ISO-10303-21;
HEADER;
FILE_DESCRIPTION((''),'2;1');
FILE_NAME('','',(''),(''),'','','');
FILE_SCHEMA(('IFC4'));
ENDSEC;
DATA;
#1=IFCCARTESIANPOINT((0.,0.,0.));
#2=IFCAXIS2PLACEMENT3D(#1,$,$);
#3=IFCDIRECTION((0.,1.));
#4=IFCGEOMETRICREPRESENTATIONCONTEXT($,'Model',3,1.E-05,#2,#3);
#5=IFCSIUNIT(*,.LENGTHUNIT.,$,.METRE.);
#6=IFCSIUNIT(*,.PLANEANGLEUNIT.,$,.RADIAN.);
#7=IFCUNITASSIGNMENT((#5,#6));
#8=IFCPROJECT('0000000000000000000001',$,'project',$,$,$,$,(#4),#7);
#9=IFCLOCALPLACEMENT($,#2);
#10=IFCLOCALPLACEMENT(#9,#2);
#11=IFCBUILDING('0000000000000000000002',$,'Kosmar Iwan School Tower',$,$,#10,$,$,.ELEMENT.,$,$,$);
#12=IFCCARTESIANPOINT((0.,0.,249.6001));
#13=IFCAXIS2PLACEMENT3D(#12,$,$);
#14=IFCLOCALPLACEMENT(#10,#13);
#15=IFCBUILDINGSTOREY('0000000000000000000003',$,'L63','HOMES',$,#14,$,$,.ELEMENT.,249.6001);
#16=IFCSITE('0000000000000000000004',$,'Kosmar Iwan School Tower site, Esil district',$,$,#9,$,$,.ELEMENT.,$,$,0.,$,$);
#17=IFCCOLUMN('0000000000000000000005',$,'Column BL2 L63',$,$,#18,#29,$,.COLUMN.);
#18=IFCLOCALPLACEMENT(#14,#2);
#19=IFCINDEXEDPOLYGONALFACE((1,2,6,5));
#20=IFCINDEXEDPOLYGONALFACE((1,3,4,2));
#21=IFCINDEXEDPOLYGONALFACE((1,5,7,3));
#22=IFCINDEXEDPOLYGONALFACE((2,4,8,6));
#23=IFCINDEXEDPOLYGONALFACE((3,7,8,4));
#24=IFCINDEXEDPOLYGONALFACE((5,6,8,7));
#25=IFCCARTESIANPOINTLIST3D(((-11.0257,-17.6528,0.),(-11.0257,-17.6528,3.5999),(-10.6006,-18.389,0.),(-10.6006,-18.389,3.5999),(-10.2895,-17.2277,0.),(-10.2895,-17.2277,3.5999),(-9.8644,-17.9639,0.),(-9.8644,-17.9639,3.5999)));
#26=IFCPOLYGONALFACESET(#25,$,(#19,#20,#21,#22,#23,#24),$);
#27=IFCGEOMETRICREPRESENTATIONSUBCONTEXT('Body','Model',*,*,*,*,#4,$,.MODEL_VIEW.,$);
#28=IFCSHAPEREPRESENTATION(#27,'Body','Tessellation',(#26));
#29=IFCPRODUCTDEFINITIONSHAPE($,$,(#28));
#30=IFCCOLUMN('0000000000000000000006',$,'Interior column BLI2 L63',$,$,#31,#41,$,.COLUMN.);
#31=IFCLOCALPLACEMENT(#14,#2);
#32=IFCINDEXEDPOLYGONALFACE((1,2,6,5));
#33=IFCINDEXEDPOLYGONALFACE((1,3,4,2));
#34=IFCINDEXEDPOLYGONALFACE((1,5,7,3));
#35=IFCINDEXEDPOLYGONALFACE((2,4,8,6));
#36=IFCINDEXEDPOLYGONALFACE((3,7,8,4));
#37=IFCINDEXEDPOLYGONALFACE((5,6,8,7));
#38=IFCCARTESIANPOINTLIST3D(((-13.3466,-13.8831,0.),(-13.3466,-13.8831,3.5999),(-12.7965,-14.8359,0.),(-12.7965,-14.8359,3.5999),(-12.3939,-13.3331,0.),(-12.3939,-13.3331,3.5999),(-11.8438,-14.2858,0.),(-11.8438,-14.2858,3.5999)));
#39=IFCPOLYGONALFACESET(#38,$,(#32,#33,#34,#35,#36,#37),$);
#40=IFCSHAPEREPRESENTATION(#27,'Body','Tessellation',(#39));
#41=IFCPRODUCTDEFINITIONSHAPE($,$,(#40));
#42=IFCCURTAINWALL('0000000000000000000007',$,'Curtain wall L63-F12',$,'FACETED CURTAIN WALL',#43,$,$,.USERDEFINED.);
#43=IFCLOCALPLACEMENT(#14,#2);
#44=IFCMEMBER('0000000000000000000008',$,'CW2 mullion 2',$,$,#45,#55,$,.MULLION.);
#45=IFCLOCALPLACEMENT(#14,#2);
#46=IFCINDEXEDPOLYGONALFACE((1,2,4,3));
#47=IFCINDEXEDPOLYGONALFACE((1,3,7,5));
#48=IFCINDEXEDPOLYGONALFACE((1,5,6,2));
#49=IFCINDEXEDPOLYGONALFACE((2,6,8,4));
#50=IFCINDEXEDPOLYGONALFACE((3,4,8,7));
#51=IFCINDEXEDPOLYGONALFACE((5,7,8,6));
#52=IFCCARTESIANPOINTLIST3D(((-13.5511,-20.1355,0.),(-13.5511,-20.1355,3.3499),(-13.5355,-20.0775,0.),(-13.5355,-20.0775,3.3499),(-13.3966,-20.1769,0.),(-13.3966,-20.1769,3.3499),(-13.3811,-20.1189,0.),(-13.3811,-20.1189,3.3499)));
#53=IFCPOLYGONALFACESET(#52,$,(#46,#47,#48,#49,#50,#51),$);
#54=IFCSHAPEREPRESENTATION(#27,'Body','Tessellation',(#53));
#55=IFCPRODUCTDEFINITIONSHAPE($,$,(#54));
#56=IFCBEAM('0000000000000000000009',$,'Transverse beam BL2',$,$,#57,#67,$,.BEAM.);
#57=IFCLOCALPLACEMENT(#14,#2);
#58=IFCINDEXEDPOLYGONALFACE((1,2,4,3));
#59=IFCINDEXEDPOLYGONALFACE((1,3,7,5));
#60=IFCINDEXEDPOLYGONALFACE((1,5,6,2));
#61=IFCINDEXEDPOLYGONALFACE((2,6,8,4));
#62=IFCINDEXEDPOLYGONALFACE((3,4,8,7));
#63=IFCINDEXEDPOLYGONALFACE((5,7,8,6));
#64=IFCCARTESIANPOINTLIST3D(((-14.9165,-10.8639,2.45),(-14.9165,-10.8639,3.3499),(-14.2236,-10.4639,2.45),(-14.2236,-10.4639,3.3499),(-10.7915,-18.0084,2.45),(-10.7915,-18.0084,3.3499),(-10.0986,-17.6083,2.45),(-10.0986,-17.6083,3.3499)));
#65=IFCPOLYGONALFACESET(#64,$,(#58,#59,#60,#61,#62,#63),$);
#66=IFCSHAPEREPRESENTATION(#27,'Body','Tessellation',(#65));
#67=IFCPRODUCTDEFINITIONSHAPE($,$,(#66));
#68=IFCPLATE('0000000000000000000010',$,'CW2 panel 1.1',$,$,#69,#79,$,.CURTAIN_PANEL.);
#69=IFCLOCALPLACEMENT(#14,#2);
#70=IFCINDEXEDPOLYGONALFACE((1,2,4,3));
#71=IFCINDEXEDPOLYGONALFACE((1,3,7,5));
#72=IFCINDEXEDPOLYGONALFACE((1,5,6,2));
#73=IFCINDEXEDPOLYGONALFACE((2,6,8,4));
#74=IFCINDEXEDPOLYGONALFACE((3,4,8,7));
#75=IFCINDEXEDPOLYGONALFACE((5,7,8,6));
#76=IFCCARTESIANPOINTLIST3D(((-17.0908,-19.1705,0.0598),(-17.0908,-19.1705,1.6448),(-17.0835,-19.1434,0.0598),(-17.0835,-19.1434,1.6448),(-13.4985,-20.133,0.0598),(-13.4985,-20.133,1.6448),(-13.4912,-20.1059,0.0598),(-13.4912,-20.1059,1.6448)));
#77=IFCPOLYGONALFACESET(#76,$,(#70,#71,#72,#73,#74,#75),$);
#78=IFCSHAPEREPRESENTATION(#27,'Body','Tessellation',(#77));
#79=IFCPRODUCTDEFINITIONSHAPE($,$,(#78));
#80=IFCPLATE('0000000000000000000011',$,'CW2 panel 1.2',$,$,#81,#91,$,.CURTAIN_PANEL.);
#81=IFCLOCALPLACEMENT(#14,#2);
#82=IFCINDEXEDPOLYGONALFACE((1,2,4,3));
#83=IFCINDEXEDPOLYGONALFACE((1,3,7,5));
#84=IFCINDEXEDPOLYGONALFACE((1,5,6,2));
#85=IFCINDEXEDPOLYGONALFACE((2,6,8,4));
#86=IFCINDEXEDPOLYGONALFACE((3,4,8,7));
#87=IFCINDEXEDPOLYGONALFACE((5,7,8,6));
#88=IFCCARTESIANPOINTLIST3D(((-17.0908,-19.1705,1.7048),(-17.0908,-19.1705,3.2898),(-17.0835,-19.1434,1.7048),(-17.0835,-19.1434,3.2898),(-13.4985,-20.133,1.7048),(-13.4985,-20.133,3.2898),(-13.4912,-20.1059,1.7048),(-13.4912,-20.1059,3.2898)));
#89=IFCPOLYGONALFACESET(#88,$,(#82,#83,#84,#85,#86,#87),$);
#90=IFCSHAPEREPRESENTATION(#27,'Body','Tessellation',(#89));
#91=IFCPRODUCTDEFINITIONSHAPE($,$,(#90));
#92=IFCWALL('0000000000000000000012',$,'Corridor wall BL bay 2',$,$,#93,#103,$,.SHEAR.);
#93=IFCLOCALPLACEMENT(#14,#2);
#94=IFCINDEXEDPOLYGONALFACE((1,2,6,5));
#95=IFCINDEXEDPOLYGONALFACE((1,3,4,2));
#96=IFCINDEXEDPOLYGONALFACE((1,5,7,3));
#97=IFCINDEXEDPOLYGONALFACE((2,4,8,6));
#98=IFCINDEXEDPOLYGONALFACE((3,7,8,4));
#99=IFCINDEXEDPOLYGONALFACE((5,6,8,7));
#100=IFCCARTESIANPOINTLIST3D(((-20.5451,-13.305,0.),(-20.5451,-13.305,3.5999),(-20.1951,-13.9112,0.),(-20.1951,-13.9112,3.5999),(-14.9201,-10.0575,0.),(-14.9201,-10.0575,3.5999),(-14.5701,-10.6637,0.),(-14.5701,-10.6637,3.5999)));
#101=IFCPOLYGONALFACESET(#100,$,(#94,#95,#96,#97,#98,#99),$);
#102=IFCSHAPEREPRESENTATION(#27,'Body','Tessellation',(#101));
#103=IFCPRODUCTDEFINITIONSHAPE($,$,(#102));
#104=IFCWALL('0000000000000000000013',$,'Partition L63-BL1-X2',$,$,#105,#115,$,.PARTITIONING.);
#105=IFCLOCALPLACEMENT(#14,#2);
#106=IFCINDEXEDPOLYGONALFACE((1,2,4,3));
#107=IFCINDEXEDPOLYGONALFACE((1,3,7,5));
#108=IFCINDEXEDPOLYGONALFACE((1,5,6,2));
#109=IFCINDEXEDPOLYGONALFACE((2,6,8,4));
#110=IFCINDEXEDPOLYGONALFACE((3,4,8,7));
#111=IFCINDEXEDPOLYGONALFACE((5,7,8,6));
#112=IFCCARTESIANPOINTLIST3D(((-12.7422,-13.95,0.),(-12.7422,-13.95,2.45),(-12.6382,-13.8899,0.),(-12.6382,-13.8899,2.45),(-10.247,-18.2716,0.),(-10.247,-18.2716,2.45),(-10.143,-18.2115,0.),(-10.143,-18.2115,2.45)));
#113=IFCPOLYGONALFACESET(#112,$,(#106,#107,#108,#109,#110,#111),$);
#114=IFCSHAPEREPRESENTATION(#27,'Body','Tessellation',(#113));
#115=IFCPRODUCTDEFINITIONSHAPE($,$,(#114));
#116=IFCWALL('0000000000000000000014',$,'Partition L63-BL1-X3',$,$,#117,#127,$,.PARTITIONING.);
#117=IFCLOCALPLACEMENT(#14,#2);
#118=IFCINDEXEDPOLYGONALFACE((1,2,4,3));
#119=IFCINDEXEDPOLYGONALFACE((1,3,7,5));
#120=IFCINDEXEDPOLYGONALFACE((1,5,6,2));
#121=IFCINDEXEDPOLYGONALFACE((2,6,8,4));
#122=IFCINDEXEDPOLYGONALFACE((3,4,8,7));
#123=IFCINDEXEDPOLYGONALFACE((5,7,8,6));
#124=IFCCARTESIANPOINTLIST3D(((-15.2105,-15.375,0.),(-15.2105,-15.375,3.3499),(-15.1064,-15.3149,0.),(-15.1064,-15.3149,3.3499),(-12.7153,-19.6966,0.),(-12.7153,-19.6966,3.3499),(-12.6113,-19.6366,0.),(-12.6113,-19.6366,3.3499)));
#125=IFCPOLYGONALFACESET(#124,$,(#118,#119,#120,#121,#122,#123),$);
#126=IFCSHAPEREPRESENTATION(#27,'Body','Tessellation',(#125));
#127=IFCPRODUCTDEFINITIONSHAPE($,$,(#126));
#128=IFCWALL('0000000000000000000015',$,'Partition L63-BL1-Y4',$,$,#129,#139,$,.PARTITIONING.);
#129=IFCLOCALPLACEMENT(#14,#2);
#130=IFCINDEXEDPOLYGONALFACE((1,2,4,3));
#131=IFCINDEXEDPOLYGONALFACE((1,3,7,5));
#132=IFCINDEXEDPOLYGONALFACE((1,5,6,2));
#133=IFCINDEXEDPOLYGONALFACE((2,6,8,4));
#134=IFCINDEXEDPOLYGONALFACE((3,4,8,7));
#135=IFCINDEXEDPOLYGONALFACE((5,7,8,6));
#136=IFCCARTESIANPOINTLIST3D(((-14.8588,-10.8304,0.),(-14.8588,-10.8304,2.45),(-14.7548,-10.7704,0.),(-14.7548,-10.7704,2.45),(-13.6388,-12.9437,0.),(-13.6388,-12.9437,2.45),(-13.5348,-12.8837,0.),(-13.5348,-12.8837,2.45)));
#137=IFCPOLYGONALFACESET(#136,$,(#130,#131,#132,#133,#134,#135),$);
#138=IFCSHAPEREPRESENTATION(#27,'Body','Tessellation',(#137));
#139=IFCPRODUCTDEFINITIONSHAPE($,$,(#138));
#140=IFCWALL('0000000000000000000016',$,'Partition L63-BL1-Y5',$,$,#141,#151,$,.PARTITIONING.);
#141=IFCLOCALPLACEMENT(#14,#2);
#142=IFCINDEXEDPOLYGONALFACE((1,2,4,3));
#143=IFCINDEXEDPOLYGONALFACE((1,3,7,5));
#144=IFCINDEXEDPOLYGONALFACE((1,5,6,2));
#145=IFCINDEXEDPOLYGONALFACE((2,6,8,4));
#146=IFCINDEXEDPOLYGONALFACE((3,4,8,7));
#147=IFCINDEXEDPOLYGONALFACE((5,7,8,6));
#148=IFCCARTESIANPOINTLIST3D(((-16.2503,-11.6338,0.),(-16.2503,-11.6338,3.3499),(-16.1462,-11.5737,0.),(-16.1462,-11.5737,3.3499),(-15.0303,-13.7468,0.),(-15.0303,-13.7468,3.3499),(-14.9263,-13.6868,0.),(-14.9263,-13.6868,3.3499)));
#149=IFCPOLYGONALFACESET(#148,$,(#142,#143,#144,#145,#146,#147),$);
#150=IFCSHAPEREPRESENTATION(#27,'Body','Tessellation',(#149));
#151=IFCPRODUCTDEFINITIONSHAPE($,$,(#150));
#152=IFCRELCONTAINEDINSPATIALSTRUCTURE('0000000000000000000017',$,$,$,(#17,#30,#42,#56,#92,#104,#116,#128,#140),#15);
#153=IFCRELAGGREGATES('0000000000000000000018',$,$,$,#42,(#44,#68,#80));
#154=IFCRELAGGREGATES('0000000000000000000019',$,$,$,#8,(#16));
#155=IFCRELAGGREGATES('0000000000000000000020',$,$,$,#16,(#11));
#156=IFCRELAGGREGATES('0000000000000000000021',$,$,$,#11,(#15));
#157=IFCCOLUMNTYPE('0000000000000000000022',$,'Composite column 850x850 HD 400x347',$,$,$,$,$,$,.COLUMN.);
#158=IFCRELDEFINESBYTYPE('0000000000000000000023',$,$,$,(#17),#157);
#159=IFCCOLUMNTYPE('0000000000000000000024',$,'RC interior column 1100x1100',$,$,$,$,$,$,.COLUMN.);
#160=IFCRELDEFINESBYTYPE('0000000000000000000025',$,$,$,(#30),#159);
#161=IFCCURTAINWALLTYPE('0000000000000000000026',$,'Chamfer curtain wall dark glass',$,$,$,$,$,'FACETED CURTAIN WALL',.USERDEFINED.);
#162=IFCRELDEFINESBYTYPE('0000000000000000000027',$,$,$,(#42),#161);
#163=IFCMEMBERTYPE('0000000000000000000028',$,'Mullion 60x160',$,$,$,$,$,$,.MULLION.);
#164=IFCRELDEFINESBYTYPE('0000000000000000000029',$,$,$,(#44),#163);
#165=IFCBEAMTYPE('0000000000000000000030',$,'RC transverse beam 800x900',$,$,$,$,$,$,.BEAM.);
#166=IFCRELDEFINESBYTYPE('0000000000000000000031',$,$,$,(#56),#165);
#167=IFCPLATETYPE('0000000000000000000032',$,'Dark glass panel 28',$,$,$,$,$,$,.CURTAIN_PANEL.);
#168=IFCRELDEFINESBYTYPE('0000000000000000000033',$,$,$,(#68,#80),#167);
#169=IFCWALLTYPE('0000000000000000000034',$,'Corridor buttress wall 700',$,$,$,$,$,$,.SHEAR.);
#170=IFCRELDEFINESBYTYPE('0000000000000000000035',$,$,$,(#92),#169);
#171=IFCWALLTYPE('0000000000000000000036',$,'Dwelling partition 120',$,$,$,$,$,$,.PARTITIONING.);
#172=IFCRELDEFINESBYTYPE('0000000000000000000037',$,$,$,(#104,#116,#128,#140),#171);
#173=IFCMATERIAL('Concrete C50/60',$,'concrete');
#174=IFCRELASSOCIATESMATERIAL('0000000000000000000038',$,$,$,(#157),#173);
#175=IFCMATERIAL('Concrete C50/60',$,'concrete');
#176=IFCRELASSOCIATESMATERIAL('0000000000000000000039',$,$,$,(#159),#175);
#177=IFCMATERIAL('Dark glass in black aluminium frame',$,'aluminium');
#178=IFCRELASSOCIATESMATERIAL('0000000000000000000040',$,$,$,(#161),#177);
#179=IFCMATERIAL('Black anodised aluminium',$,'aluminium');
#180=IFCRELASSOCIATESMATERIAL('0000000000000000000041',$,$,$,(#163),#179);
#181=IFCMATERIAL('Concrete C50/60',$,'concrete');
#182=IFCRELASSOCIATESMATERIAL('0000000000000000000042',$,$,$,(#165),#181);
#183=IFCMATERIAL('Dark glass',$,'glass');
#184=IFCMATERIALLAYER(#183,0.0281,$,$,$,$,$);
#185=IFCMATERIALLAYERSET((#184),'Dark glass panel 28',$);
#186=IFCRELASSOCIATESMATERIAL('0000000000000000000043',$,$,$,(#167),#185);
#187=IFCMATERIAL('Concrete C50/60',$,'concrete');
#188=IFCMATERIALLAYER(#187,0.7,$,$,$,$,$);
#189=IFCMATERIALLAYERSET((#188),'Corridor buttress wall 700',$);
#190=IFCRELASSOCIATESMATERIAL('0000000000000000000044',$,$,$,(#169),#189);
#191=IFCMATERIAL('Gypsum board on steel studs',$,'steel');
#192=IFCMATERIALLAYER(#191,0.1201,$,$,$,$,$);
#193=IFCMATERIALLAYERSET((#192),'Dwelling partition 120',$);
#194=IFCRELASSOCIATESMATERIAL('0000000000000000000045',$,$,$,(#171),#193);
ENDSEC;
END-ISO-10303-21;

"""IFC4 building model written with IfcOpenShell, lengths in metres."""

from ifc_helpers import new_model, si_unit, direction, frame, frame_2d, origin, origin_2d, place, context, subcontext, project, spatial, rectangle, extrude, material, layer, layer_set, material_profile, profile_set, type_object, element, aggregate, save


model = new_model("IFC4")

# Units and contexts
model_context = context("Model", 3, precision=1e-05, world=origin(), true_north=direction((0.0, 1.0)))
body_context = subcontext(model_context, "Body", "Model", "MODEL_VIEW")
ifc_project = project(units=[si_unit("LENGTHUNIT", "METRE"), si_unit("PLANEANGLEUNIT", "RADIAN")], contexts=[model_context])

# Site, building, storey
site_placement = place(None, origin())
site = spatial("IfcSite", under=ifc_project, at=site_placement, Name="Kosmar Iwan School Tower site, Esil district", CompositionType="ELEMENT", RefElevation=0.0)
building_placement = place(site_placement, origin())
building = spatial("IfcBuilding", under=site, at=building_placement, Name="Kosmar Iwan School Tower", CompositionType="ELEMENT")
storey_placement = place(building_placement, frame((0.0, 0.0, 249.6001)))
storey = spatial("IfcBuildingStorey", under=building, at=storey_placement, Name="L63", Description="HOMES", CompositionType="ELEMENT", Elevation=249.6001)

# Columns
ifc_material_1 = material(Name="Concrete C50/60", Category="concrete")
ifc_material_profile_1 = material_profile(ifc_material_1, rectangle(XDim=0.8501, YDim=0.8501, at=origin_2d()), Name="RC 850x850 + HD 400x347")
ifc_profile_set_1 = profile_set([ifc_material_profile_1], Name="Concrete C50/60")
column_type_1 = type_object("IfcColumnType", Name="Composite column 850x850 HD 400x347", PredefinedType="COLUMN", material=ifc_profile_set_1)
column_1_placement = place(storey_placement, frame((-10.4451, -17.8083, 0.0), z_axis=(0.0, 0.0, 1.0), x_axis=(-0.866025, -0.5, 0.0)))
element("IfcColumn", 1, at=column_1_placement, inside=storey, type_object=column_type_1, Name="Column BL2 L63", PredefinedType="COLUMN", context=body_context, shape_type="SweptSolid", body=[
    extrude(rectangle(XDim=0.8501, YDim=0.8501, at=origin_2d()), origin(), (0.0, 0.0, 1.0), 3.5999),
])
ifc_material_2 = material(Name="Concrete C50/60", Category="concrete")
ifc_material_profile_2 = material_profile(ifc_material_2, rectangle(XDim=1.1001, YDim=1.1001, at=origin_2d()), Name="RC 1100x1100")
ifc_profile_set_2 = profile_set([ifc_material_profile_2], Name="Concrete C50/60")
column_type_2 = type_object("IfcColumnType", Name="RC interior column 1100x1100", PredefinedType="COLUMN", material=ifc_profile_set_2)
column_2_placement = place(storey_placement, frame((-12.5952, -14.0845, 0.0), z_axis=(0.0, 0.0, 1.0), x_axis=(-0.866025, -0.5, 0.0)))
element("IfcColumn", 2, at=column_2_placement, inside=storey, type_object=column_type_2, Name="Interior column BLI2 L63", PredefinedType="COLUMN", context=body_context, shape_type="SweptSolid", body=[
    extrude(rectangle(XDim=1.1001, YDim=1.1001, at=origin_2d()), origin(), (0.0, 0.0, 1.0), 3.5999),
])

# Curtain wall, member
ifc_material_3 = material(Name="Dark glass in black aluminium frame", Category="aluminium")
curtain_wall_type = type_object("IfcCurtainWallType", Name="Chamfer curtain wall dark glass", ElementType="FACETED CURTAIN WALL", PredefinedType="USERDEFINED", material=ifc_material_3)
curtain_wall_placement = place(storey_placement, origin())
curtain_wall = element("IfcCurtainWall", 3, at=curtain_wall_placement, inside=storey, type_object=curtain_wall_type, Name="Curtain wall L63-F12", ObjectType="FACETED CURTAIN WALL", PredefinedType="USERDEFINED")
ifc_material_4 = material(Name="Black anodised aluminium", Category="aluminium")
ifc_material_profile_3 = material_profile(ifc_material_4, rectangle(XDim=0.0601, YDim=0.1599, at=origin_2d()), Name="MULLION 60x160")
ifc_profile_set_3 = profile_set([ifc_material_profile_3], Name="Black anodised aluminium")
member_type = type_object("IfcMemberType", Name="Mullion 60x160", PredefinedType="MULLION", material=ifc_profile_set_3)
member_placement = place(storey_placement, frame((-13.4661, -20.1272, 0.0), z_axis=(0.0, 0.0, 1.0), x_axis=(0.258819, 0.965926, 0.0)))
member = element("IfcMember", 4, at=member_placement, type_object=member_type, Name="CW2 mullion 2", PredefinedType="MULLION", context=body_context, shape_type="SweptSolid", body=[
    extrude(rectangle(XDim=0.0601, YDim=0.1599, at=origin_2d()), origin(), (0.0, 0.0, 1.0), 3.3499),
])

# Beam
ifc_material_5 = material(Name="Concrete C50/60", Category="concrete")
ifc_material_profile_4 = material_profile(ifc_material_5, rectangle(XDim=0.8, YDim=0.8999, at=origin_2d()), Name="RC 800x900")
ifc_profile_set_4 = profile_set([ifc_material_profile_4], Name="Concrete C50/60")
beam_type = type_object("IfcBeamType", Name="RC transverse beam 800x900", PredefinedType="BEAM", material=ifc_profile_set_4)
beam_placement = place(storey_placement, frame((-10.4451, -17.8083, 2.8999), z_axis=(-0.500009, 0.86602, 0.0), x_axis=(-0.86602, -0.500009, 0.0)))
element("IfcBeam", 5, at=beam_placement, inside=storey, type_object=beam_type, Name="Transverse beam BL2", PredefinedType="BEAM", context=body_context, shape_type="SweptSolid", body=[
    extrude(rectangle(XDim=0.8, YDim=0.8999, at=origin_2d()), origin(), (0.0, 0.0, 1.0), 8.2498),
])

# Plates
ifc_material_6 = material(Name="Dark glass", Category="glass")
ifc_layer_1 = layer(ifc_material_6, 0.0281)
ifc_layer_set_1 = layer_set([ifc_layer_1], Name="Dark glass panel 28")
plate_type = type_object("IfcPlateType", Name="Dark glass panel 28", PredefinedType="CURTAIN_PANEL", material=ifc_layer_set_1)
plate_1_placement = place(storey_placement, frame((-15.291, -19.6382, 0.0598), z_axis=(0.0, 0.0, 1.0), x_axis=(0.965926, -0.258819, 0.0)))
plate_1 = element("IfcPlate", 6, at=plate_1_placement, type_object=plate_type, Name="CW2 panel 1.1", PredefinedType="CURTAIN_PANEL", context=body_context, shape_type="SweptSolid", body=[
    extrude(rectangle(XDim=3.719, YDim=0.0281, at=origin_2d()), origin(), (0.0, 0.0, 1.0), 1.585),
])
plate_2_placement = place(storey_placement, frame((-15.291, -19.6382, 1.7048), z_axis=(0.0, 0.0, 1.0), x_axis=(0.965926, -0.258819, 0.0)))
plate_2 = element("IfcPlate", 7, at=plate_2_placement, type_object=plate_type, Name="CW2 panel 1.2", PredefinedType="CURTAIN_PANEL", context=body_context, shape_type="SweptSolid", body=[
    extrude(rectangle(XDim=3.719, YDim=0.0281, at=origin_2d()), origin(), (0.0, 0.0, 1.0), 1.585),
])
aggregate(curtain_wall, [member, plate_1, plate_2])

# Walls
ifc_material_7 = material(Name="Concrete C50/60", Category="concrete")
ifc_layer_2 = layer(ifc_material_7, 0.7)
ifc_layer_set_2 = layer_set([ifc_layer_2], Name="Corridor buttress wall 700")
wall_type_1 = type_object("IfcWallType", Name="Corridor buttress wall 700", PredefinedType="SHEAR", material=ifc_layer_set_2)
wall_1_placement = place(storey_placement, frame((-14.7451, -10.3606, 0.0), z_axis=(0.0, 0.0, 1.0), x_axis=(-0.866028, -0.499996, 0.0)))
element("IfcWall", 8, at=wall_1_placement, inside=storey, type_object=wall_type_1, Name="Corridor wall BL bay 2", PredefinedType="SHEAR", context=body_context, shape_type="SweptSolid", body=[
    extrude(rectangle(XDim=6.4951, YDim=0.7, at=frame_2d((3.2476, 0.0))), origin(), (0.0, 0.0, 1.0), 3.5999),
])
ifc_material_8 = material(Name="Gypsum board on steel studs", Category="steel")
ifc_layer_3 = layer(ifc_material_8, 0.1201)
ifc_layer_set_3 = layer_set([ifc_layer_3], Name="Dwelling partition 120")
wall_type_2 = type_object("IfcWallType", Name="Dwelling partition 120", PredefinedType="PARTITIONING", material=ifc_layer_set_3)
wall_2_placement = place(storey_placement, frame((-12.6902, -13.9199, 0.0), z_axis=(0.0, 0.0, 1.0), x_axis=(0.500012, -0.866019, 0.0)))
element("IfcWall", 9, at=wall_2_placement, inside=storey, type_object=wall_type_2, Name="Partition L63-BL1-X2", PredefinedType="PARTITIONING", context=body_context, shape_type="SweptSolid", body=[
    extrude(rectangle(XDim=4.9902, YDim=0.1201, at=frame_2d((2.4951, 0.0))), origin(), (0.0, 0.0, 1.0), 2.45),
])
wall_3_placement = place(storey_placement, frame((-15.1584, -15.345, 0.0), z_axis=(0.0, 0.0, 1.0), x_axis=(0.500012, -0.866019, 0.0)))
element("IfcWall", 10, at=wall_3_placement, inside=storey, type_object=wall_type_2, Name="Partition L63-BL1-X3", PredefinedType="PARTITIONING", context=body_context, shape_type="SweptSolid", body=[
    extrude(rectangle(XDim=4.9902, YDim=0.1201, at=frame_2d((2.4951, 0.0))), origin(), (0.0, 0.0, 1.0), 3.3499),
])
wall_4_placement = place(storey_placement, frame((-14.8069, -10.8003, 0.0), z_axis=(0.0, 0.0, 1.0), x_axis=(0.499959, -0.866049, 0.0)))
element("IfcWall", 11, at=wall_4_placement, inside=storey, type_object=wall_type_2, Name="Partition L63-BL1-Y4", PredefinedType="PARTITIONING", context=body_context, shape_type="SweptSolid", body=[
    extrude(rectangle(XDim=2.4402, YDim=0.1201, at=frame_2d((1.2202, 0.0))), origin(), (0.0, 0.0, 1.0), 2.45),
])
wall_5_placement = place(storey_placement, frame((-16.1982, -11.6038, 0.0), z_axis=(0.0, 0.0, 1.0), x_axis=(0.500003, -0.866024, 0.0)))
element("IfcWall", 12, at=wall_5_placement, inside=storey, type_object=wall_type_2, Name="Partition L63-BL1-Y5", PredefinedType="PARTITIONING", context=body_context, shape_type="SweptSolid", body=[
    extrude(rectangle(XDim=2.4399, YDim=0.1201, at=frame_2d((1.22, 0.0))), origin(), (0.0, 0.0, 1.0), 3.3499),
])

save(model, "model.ifc")
